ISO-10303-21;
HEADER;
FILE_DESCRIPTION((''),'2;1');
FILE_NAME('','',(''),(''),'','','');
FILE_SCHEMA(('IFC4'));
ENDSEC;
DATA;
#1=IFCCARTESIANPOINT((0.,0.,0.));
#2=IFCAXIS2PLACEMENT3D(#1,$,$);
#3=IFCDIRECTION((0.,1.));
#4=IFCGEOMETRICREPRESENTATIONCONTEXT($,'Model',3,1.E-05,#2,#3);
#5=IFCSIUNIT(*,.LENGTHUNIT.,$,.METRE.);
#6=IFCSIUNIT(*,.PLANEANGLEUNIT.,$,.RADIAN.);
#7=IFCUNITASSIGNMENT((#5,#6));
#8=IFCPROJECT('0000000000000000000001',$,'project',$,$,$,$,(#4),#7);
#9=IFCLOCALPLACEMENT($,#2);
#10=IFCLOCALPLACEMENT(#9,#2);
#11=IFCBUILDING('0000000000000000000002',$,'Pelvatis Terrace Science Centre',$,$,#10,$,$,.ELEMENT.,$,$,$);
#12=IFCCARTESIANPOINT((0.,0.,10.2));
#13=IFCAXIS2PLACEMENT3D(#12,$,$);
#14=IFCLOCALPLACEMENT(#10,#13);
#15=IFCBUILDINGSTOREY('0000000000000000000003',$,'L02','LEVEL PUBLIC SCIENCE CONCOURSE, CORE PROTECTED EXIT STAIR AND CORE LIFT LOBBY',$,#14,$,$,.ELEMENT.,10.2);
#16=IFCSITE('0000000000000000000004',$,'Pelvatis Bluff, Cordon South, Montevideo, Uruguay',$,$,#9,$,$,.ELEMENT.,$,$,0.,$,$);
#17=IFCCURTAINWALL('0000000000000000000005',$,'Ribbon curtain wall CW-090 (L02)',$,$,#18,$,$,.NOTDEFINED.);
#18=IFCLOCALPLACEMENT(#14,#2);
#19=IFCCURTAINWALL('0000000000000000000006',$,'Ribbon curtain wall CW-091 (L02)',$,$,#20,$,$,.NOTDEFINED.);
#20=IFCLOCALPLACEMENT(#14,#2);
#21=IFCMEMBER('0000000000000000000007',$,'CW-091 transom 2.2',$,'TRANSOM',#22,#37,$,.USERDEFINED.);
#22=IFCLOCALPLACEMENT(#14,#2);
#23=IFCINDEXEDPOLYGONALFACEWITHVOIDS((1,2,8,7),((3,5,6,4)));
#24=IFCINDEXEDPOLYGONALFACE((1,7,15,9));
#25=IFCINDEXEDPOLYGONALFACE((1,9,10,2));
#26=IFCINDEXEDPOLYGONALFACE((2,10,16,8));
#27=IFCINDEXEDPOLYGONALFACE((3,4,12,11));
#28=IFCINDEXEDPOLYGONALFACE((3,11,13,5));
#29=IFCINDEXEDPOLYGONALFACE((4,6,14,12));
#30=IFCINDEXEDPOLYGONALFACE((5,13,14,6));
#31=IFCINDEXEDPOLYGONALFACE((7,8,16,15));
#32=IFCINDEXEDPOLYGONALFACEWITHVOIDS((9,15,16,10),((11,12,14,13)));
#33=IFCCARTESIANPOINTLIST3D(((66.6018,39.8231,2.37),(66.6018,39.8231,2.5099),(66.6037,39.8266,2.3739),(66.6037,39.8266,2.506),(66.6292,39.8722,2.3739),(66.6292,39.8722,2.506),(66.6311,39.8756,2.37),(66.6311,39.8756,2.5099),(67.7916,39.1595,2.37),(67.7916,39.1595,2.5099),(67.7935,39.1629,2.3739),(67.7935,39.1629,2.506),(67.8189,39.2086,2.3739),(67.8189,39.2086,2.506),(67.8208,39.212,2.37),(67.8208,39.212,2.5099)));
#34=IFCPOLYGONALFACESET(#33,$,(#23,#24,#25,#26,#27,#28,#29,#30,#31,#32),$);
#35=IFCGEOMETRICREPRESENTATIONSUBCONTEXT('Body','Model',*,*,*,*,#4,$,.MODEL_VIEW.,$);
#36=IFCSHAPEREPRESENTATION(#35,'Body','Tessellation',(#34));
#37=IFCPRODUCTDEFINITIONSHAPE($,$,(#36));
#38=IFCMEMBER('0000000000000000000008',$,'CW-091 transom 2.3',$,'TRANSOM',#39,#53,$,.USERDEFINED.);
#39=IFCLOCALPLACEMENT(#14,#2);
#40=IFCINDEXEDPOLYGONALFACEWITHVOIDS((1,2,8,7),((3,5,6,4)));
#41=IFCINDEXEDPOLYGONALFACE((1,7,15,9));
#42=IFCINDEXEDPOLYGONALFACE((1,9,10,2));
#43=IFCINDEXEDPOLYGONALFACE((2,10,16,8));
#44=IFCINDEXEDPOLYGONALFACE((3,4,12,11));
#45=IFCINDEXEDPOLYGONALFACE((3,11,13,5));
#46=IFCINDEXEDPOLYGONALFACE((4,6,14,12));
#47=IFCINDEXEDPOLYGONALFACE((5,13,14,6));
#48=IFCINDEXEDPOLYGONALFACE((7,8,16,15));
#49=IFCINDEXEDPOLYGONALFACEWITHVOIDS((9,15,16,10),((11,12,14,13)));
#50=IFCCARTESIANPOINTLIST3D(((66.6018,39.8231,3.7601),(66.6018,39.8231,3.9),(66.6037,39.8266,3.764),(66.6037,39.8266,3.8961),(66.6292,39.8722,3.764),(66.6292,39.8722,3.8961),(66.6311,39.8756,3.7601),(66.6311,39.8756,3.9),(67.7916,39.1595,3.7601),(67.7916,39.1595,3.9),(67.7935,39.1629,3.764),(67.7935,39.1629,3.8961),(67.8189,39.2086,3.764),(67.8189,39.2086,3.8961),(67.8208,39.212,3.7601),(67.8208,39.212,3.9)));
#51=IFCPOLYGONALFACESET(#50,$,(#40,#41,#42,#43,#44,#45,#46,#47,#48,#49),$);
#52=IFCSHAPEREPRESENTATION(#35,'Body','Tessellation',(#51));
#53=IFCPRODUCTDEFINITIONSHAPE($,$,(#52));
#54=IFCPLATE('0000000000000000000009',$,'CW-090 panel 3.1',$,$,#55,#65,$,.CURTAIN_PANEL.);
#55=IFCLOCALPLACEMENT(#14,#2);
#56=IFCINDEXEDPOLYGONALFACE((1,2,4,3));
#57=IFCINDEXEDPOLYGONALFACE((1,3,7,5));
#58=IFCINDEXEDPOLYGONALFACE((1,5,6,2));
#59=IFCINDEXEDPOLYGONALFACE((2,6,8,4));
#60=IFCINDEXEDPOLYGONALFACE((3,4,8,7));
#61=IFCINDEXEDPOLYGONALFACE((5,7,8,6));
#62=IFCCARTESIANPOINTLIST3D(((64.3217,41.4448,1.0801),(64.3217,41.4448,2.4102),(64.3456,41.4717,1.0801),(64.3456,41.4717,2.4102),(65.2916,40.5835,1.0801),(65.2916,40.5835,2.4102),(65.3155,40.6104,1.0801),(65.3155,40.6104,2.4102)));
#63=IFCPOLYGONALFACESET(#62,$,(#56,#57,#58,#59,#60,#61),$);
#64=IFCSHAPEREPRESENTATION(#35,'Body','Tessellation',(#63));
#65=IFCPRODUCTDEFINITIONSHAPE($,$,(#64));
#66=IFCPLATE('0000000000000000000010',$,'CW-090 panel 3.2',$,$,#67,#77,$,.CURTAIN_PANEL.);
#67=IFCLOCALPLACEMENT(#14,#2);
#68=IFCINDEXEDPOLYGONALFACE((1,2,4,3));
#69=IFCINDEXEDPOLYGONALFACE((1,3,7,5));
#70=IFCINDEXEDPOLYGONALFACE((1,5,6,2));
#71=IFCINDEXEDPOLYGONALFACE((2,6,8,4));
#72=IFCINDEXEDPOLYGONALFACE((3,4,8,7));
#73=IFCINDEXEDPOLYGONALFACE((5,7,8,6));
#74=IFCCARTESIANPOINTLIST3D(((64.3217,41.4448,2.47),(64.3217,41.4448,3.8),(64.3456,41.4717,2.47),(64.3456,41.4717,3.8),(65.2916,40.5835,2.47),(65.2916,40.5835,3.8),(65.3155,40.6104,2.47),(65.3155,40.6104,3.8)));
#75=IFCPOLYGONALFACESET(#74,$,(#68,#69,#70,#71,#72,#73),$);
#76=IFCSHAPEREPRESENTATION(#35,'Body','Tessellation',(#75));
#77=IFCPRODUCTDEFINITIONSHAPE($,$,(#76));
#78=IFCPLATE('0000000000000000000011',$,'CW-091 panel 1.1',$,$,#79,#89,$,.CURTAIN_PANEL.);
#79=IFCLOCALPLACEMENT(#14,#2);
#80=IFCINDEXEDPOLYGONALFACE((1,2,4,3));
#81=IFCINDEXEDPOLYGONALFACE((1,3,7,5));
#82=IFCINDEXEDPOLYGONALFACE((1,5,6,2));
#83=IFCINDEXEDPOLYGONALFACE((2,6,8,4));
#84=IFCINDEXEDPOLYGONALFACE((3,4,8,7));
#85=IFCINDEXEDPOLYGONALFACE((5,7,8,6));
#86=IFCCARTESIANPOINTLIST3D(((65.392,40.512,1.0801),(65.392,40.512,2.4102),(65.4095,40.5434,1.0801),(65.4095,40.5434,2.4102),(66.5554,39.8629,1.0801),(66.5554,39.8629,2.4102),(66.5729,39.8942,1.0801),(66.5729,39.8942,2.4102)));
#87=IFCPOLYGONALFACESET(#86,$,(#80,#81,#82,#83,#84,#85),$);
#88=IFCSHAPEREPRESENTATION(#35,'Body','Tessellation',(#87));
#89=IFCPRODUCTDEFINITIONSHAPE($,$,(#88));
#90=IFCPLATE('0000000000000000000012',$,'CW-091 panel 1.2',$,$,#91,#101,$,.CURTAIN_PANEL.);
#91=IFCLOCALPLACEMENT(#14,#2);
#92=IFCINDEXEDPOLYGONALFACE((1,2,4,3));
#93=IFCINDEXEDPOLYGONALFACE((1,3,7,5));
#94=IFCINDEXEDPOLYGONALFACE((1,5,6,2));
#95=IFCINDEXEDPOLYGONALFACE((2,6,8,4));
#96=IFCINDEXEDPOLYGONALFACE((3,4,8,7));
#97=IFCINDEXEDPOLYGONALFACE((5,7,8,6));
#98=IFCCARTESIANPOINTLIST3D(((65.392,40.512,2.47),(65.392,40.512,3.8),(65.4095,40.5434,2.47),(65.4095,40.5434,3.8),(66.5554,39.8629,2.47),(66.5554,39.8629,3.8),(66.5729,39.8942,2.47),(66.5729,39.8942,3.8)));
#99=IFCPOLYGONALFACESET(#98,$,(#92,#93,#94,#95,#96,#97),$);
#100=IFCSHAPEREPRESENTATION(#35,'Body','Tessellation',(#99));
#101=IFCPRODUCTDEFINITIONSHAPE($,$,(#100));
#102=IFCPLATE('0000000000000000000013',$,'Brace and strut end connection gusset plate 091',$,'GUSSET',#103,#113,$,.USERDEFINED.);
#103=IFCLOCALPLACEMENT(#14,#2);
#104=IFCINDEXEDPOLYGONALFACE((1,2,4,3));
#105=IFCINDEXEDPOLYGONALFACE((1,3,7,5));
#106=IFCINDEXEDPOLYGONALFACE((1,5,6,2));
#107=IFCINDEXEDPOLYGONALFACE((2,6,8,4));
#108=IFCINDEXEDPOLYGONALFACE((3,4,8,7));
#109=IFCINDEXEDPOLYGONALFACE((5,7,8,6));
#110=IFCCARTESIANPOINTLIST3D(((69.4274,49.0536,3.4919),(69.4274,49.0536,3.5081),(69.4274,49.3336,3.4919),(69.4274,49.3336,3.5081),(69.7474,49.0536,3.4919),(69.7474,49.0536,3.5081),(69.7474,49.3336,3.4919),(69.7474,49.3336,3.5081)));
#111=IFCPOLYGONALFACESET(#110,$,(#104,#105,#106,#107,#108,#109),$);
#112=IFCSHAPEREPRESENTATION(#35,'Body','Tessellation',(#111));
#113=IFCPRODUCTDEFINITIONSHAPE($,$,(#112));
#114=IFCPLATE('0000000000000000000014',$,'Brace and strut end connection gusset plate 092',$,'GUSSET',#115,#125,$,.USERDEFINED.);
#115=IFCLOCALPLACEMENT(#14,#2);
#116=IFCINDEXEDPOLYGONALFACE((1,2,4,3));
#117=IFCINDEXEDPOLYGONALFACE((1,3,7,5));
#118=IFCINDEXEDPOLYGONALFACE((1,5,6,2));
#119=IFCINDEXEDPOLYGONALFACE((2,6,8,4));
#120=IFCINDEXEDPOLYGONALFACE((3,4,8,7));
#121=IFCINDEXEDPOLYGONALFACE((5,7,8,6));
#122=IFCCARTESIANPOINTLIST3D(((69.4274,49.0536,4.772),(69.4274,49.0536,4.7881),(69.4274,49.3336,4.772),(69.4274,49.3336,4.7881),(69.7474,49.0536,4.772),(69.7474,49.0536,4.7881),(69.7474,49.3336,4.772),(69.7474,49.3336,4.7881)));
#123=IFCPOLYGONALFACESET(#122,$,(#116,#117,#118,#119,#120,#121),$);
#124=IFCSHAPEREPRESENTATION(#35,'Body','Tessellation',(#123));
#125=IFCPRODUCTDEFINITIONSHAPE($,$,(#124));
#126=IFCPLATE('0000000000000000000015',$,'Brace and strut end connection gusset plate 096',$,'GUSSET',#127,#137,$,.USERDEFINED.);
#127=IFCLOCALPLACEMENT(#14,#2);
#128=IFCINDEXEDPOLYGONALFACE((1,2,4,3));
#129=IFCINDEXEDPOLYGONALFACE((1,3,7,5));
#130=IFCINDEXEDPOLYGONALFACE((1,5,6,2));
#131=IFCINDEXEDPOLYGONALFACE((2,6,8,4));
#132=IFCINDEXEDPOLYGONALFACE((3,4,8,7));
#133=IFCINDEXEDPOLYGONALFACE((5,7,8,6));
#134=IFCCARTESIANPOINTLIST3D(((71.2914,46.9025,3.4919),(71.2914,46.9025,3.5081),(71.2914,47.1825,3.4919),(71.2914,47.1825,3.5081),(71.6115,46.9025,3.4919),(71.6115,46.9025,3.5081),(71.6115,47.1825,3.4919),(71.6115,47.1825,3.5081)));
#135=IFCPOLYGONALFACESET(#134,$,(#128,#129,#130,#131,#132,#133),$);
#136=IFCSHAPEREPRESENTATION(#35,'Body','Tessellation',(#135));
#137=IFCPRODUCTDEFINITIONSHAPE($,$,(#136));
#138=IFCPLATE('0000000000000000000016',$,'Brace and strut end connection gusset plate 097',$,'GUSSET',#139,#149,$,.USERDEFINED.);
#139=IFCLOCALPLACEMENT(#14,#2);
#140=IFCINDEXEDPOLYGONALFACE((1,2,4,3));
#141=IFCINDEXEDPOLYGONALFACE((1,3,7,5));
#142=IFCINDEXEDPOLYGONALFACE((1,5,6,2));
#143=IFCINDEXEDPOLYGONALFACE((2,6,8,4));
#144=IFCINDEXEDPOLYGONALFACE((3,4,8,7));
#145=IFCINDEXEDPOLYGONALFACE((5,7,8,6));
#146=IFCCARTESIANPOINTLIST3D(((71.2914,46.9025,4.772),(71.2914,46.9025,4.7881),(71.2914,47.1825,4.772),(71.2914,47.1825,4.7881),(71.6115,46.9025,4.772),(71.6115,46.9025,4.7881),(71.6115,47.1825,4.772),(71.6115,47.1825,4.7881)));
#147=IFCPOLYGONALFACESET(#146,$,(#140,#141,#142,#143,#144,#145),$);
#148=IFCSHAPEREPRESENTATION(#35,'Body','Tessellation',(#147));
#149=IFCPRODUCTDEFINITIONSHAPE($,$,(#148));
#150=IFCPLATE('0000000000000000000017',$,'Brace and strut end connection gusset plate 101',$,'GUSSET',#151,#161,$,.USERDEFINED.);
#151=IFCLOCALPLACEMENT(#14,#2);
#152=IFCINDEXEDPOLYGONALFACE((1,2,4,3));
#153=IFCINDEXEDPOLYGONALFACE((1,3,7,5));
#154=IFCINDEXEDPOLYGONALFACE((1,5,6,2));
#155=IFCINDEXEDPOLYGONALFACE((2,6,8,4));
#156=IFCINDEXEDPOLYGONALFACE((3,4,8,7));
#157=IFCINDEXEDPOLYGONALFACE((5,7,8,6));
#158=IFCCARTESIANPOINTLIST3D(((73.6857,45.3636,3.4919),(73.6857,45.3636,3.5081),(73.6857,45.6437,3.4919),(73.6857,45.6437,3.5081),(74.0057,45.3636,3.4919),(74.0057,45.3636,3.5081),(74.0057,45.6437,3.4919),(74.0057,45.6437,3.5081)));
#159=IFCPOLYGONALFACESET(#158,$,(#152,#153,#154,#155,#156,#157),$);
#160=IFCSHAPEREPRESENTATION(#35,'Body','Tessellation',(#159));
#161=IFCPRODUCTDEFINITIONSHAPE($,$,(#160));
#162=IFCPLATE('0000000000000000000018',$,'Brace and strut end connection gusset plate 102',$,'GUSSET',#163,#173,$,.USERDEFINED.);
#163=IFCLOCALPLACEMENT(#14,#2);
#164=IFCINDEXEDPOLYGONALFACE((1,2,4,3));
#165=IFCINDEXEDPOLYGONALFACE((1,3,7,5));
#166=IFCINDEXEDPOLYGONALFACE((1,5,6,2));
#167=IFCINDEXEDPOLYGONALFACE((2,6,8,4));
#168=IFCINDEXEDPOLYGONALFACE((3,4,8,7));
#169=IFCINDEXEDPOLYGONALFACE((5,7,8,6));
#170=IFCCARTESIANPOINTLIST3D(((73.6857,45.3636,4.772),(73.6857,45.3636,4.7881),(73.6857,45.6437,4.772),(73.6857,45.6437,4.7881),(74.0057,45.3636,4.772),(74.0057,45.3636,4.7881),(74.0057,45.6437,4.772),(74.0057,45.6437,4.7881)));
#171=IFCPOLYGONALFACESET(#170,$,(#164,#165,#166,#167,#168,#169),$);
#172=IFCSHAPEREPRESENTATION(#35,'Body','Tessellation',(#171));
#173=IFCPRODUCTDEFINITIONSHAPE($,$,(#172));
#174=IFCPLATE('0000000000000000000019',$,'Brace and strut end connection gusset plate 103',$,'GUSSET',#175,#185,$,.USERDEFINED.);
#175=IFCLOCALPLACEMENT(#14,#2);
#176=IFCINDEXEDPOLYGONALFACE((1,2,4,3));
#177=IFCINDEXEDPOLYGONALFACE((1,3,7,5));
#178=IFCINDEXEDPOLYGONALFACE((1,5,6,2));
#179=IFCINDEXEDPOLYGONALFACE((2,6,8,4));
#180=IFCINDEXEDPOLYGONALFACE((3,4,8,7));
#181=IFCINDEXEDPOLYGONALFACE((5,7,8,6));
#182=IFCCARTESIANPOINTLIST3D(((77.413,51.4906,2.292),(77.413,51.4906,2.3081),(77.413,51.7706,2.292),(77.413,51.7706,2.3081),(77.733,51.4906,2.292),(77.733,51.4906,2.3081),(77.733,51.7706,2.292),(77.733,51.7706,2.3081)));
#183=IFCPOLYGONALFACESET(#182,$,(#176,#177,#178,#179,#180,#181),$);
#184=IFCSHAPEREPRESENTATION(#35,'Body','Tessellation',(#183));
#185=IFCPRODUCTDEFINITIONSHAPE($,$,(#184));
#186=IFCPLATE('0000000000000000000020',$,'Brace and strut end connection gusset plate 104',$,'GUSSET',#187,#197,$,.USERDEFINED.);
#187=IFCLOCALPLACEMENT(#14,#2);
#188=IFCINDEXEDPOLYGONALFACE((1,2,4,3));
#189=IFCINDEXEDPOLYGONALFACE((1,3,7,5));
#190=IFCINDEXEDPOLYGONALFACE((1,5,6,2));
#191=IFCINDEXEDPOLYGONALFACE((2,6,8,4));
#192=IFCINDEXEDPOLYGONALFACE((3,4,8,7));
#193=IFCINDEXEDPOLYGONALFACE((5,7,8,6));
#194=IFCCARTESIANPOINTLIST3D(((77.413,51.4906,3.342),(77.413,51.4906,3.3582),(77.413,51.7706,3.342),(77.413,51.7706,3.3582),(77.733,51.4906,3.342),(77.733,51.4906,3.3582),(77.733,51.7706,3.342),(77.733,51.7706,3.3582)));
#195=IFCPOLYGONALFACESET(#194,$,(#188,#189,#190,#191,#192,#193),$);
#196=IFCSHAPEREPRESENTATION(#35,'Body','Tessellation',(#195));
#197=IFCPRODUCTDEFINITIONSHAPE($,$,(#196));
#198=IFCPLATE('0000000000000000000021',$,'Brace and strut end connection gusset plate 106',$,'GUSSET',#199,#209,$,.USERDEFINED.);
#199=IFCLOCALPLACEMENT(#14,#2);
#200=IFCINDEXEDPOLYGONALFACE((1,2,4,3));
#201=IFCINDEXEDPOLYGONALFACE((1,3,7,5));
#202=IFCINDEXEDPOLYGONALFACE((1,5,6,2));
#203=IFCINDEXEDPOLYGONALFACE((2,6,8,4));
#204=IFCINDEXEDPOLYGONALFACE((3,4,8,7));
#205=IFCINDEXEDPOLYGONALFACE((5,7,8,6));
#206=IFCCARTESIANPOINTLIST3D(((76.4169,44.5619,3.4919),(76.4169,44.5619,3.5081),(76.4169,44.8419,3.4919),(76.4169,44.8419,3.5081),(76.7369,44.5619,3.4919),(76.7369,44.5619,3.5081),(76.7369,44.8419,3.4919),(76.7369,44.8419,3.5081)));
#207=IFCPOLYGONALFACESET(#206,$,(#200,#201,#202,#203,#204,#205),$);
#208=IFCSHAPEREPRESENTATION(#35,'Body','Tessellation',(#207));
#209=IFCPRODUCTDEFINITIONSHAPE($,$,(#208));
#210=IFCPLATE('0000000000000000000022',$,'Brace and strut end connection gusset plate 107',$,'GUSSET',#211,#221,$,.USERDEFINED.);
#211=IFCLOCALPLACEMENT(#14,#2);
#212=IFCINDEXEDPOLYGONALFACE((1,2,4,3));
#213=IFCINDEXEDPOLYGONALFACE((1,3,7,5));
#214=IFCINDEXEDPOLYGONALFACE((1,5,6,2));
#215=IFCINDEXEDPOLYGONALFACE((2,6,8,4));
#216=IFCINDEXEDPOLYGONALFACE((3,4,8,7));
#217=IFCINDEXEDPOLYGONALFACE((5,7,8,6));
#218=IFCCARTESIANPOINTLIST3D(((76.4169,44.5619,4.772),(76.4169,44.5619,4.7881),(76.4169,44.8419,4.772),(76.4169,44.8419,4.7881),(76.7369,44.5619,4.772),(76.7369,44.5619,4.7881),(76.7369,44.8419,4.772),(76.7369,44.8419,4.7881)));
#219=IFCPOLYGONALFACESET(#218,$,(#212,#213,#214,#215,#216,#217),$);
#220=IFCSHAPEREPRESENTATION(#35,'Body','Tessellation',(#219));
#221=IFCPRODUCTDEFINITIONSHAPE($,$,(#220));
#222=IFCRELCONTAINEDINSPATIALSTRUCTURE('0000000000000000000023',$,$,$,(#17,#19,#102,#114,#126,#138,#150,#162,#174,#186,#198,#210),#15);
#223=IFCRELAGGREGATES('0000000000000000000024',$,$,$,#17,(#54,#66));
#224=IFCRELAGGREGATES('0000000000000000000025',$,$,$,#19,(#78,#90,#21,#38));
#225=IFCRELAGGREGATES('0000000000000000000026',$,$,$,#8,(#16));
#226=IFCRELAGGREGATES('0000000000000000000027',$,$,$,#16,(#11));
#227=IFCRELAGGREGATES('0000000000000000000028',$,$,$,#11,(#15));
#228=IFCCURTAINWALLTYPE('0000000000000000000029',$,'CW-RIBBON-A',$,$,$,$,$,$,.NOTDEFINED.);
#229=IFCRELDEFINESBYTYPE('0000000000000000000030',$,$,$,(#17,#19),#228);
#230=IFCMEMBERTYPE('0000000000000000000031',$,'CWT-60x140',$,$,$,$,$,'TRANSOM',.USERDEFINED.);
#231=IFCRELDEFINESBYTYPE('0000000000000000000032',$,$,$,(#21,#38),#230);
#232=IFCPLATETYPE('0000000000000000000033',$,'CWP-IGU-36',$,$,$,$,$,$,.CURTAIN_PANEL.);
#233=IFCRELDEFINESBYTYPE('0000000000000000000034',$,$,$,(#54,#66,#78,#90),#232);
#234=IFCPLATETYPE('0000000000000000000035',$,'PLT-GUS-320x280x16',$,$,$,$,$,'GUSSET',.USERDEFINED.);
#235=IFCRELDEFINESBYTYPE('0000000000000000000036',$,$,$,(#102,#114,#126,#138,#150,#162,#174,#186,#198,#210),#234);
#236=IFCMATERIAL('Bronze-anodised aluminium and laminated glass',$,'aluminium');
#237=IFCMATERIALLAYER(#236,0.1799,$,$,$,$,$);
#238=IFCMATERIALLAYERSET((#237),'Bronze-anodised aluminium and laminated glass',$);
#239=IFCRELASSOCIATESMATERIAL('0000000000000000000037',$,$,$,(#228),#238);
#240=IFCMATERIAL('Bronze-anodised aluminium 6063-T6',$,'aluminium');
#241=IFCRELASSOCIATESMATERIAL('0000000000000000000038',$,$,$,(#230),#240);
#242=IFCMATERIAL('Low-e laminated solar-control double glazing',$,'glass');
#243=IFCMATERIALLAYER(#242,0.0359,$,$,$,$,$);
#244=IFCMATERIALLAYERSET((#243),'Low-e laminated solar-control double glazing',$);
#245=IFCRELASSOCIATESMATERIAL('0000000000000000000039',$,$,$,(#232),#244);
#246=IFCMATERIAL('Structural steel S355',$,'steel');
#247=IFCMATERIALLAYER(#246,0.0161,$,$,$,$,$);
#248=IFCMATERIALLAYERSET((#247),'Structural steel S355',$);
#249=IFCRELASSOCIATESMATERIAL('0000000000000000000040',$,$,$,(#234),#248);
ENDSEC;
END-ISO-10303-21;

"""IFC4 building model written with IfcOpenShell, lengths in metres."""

from ifc_helpers import new_model, si_unit, direction, frame, origin, origin_2d, place, context, subcontext, project, spatial, rectangle, hollow_rectangle, extrude, material, layer, layer_set, material_profile, profile_set, type_object, element, aggregate, save


model = new_model("IFC4")

# Units and contexts
model_context = context("Model", 3, precision=1e-05, world=origin(), true_north=direction((0.0, 1.0)))
body_context = subcontext(model_context, "Body", "Model", "MODEL_VIEW")
ifc_project = project(units=[si_unit("LENGTHUNIT", "METRE"), si_unit("PLANEANGLEUNIT", "RADIAN")], contexts=[model_context])

# Site, building, storey
site_placement = place(None, origin())
site = spatial("IfcSite", under=ifc_project, at=site_placement, Name="Pelvatis Bluff, Cordon South, Montevideo, Uruguay", CompositionType="ELEMENT", RefElevation=0.0)
building_placement = place(site_placement, origin())
building = spatial("IfcBuilding", under=site, at=building_placement, Name="Pelvatis Terrace Science Centre", CompositionType="ELEMENT")
storey_placement = place(building_placement, frame((0.0, 0.0, 10.2)))
storey = spatial("IfcBuildingStorey", under=building, at=storey_placement, Name="L02", Description="LEVEL PUBLIC SCIENCE CONCOURSE, CORE PROTECTED EXIT STAIR AND CORE LIFT LOBBY", CompositionType="ELEMENT", Elevation=10.2)

# Curtain wall
ifc_material_1 = material(Name="Bronze-anodised aluminium and laminated glass", Category="aluminium")
ifc_layer_1 = layer(ifc_material_1, 0.1799)
ifc_layer_set_1 = layer_set([ifc_layer_1], Name="Bronze-anodised aluminium and laminated glass")
curtain_wall_type = type_object("IfcCurtainWallType", Name="CW-RIBBON-A", PredefinedType="NOTDEFINED", material=ifc_layer_set_1)
curtain_wall_1_placement = place(storey_placement, origin())
curtain_wall_1 = element("IfcCurtainWall", 1, at=curtain_wall_1_placement, inside=storey, type_object=curtain_wall_type, Name="Ribbon curtain wall CW-090 (L02)", PredefinedType="NOTDEFINED")

# Curtain wall, members
curtain_wall_2_placement = place(storey_placement, origin())
curtain_wall_2 = element("IfcCurtainWall", 2, at=curtain_wall_2_placement, inside=storey, type_object=curtain_wall_type, Name="Ribbon curtain wall CW-091 (L02)", PredefinedType="NOTDEFINED")
ifc_material_2 = material(Name="Bronze-anodised aluminium 6063-T6", Category="aluminium")
ifc_material_profile_1 = material_profile(ifc_material_2, hollow_rectangle(XDim=0.0601, YDim=0.1399, WallThickness=0.0039, at=origin_2d()), Name="ALU-TRN 60x140")
ifc_profile_set_1 = profile_set([ifc_material_profile_1], Name="Bronze-anodised aluminium 6063-T6")
member_type_1 = type_object("IfcMemberType", Name="CWT-60x140", ElementType="TRANSOM", PredefinedType="USERDEFINED", material=ifc_profile_set_1)
member_1_placement = place(storey_placement, frame((66.6165, 39.8494, 2.4399), z_axis=(0.873336, -0.487118, 0.0), x_axis=(0.487118, 0.873336, 0.0)))
member_1 = element("IfcMember", 3, at=member_1_placement, type_object=member_type_1, Name="CW-091 transom 2.2", ObjectType="TRANSOM", PredefinedType="USERDEFINED", context=body_context, shape_type="SweptSolid", body=[
    extrude(hollow_rectangle(XDim=0.0601, YDim=0.1399, WallThickness=0.0039, at=origin_2d()), origin(), (0.0, 0.0, 1.0), 1.3623),
])
member_2_placement = place(storey_placement, frame((66.6165, 39.8494, 3.8301), z_axis=(0.873336, -0.487118, 0.0), x_axis=(0.487118, 0.873336, 0.0)))
member_2 = element("IfcMember", 4, at=member_2_placement, type_object=member_type_1, Name="CW-091 transom 2.3", ObjectType="TRANSOM", PredefinedType="USERDEFINED", context=body_context, shape_type="SweptSolid", body=[
    extrude(hollow_rectangle(XDim=0.0601, YDim=0.1399, WallThickness=0.0039, at=origin_2d()), origin(), (0.0, 0.0, 1.0), 1.3623),
])

# Plates
ifc_material_3 = material(Name="Low-e laminated solar-control double glazing", Category="glass")
ifc_layer_2 = layer(ifc_material_3, 0.0359)
ifc_layer_set_2 = layer_set([ifc_layer_2], Name="Low-e laminated solar-control double glazing")
plate_type_1 = type_object("IfcPlateType", Name="CWP-IGU-36", PredefinedType="CURTAIN_PANEL", material=ifc_layer_set_2)
plate_1_placement = place(storey_placement, frame((64.8186, 41.0276, 1.0801), z_axis=(0.0, 0.0, 1.0), x_axis=(0.747718, -0.664016, 0.0)))
plate_1 = element("IfcPlate", 5, at=plate_1_placement, type_object=plate_type_1, Name="CW-090 panel 3.1", PredefinedType="CURTAIN_PANEL", context=body_context, shape_type="SweptSolid", body=[
    extrude(rectangle(XDim=1.2971, YDim=0.0359, at=origin_2d()), origin(), (0.0, 0.0, 1.0), 1.3301),
])
plate_2_placement = place(storey_placement, frame((64.8186, 41.0276, 2.47), z_axis=(0.0, 0.0, 1.0), x_axis=(0.747718, -0.664016, 0.0)))
plate_2 = element("IfcPlate", 6, at=plate_2_placement, type_object=plate_type_1, Name="CW-090 panel 3.2", PredefinedType="CURTAIN_PANEL", context=body_context, shape_type="SweptSolid", body=[
    extrude(rectangle(XDim=1.2971, YDim=0.0359, at=origin_2d()), origin(), (0.0, 0.0, 1.0), 1.3301),
])
aggregate(curtain_wall_1, [plate_1, plate_2])
plate_3_placement = place(storey_placement, frame((65.9824, 40.2031, 1.0801), z_axis=(0.0, 0.0, 1.0), x_axis=(0.873259, -0.487256, 0.0)))
plate_3 = element("IfcPlate", 7, at=plate_3_placement, type_object=plate_type_1, Name="CW-091 panel 1.1", PredefinedType="CURTAIN_PANEL", context=body_context, shape_type="SweptSolid", body=[
    extrude(rectangle(XDim=1.3323, YDim=0.0359, at=origin_2d()), origin(), (0.0, 0.0, 1.0), 1.3301),
])
plate_4_placement = place(storey_placement, frame((65.9824, 40.2031, 2.47), z_axis=(0.0, 0.0, 1.0), x_axis=(0.873259, -0.487256, 0.0)))
plate_4 = element("IfcPlate", 8, at=plate_4_placement, type_object=plate_type_1, Name="CW-091 panel 1.2", PredefinedType="CURTAIN_PANEL", context=body_context, shape_type="SweptSolid", body=[
    extrude(rectangle(XDim=1.3323, YDim=0.0359, at=origin_2d()), origin(), (0.0, 0.0, 1.0), 1.3301),
])
aggregate(curtain_wall_2, [plate_3, plate_4, member_1, member_2])

# Plates
ifc_material_4 = material(Name="Structural steel S355", Category="steel")
ifc_layer_3 = layer(ifc_material_4, 0.0161)
ifc_layer_set_3 = layer_set([ifc_layer_3], Name="Structural steel S355")
plate_type_2 = type_object("IfcPlateType", Name="PLT-GUS-320x280x16", ElementType="GUSSET", PredefinedType="USERDEFINED", material=ifc_layer_set_3)
for number, where, z_axis, x_axis, name in (
    (9, (69.5874, 49.1936, 3.4919), (0.0, 0.0, 1.0), (1.0, 0.0, 0.0), "Brace and strut end connection gusset plate 091"),
    (10, (69.5874, 49.1936, 4.772), (0.0, 0.0, 1.0), (1.0, 0.0, 0.0), "Brace and strut end connection gusset plate 092"),
    (11, (71.4514, 47.0425, 3.4919), (0.0, 0.0, 1.0), (1.0, 0.0, 0.0), "Brace and strut end connection gusset plate 096"),
    (12, (71.4514, 47.0425, 4.772), (0.0, 0.0, 1.0), (1.0, 0.0, 0.0), "Brace and strut end connection gusset plate 097"),
    (13, (73.8457, 45.5037, 3.4919), (0.0, 0.0, 1.0), (1.0, 0.0, 0.0), "Brace and strut end connection gusset plate 101"),
    (14, (73.8457, 45.5037, 4.772), (0.0, 0.0, 1.0), (1.0, 0.0, 0.0), "Brace and strut end connection gusset plate 102"),
    (15, (77.573, 51.6306, 2.292), (0.0, 0.0, 1.0), (1.0, 0.0, 0.0), "Brace and strut end connection gusset plate 103"),
    (16, (77.573, 51.6306, 3.342), (0.0, 0.0, 1.0), (1.0, 0.0, 0.0), "Brace and strut end connection gusset plate 104"),
    (17, (76.5769, 44.7019, 3.4919), (0.0, 0.0, 1.0), (1.0, 0.0, 0.0), "Brace and strut end connection gusset plate 106"),
    (18, (76.5769, 44.7019, 4.772), (0.0, 0.0, 1.0), (1.0, 0.0, 0.0), "Brace and strut end connection gusset plate 107"),
):
    element("IfcPlate", number, at=place(storey_placement, frame(where, z_axis=z_axis, x_axis=x_axis)), inside=storey, type_object=plate_type_2, Name=name, ObjectType="GUSSET", PredefinedType="USERDEFINED", context=body_context, shape_type="SweptSolid", body=[
        extrude(rectangle(XDim=0.3201, YDim=0.28, at=origin_2d()), origin(), (0.0, 0.0, 1.0), 0.0161),
    ])

save(model, "model.ifc")
